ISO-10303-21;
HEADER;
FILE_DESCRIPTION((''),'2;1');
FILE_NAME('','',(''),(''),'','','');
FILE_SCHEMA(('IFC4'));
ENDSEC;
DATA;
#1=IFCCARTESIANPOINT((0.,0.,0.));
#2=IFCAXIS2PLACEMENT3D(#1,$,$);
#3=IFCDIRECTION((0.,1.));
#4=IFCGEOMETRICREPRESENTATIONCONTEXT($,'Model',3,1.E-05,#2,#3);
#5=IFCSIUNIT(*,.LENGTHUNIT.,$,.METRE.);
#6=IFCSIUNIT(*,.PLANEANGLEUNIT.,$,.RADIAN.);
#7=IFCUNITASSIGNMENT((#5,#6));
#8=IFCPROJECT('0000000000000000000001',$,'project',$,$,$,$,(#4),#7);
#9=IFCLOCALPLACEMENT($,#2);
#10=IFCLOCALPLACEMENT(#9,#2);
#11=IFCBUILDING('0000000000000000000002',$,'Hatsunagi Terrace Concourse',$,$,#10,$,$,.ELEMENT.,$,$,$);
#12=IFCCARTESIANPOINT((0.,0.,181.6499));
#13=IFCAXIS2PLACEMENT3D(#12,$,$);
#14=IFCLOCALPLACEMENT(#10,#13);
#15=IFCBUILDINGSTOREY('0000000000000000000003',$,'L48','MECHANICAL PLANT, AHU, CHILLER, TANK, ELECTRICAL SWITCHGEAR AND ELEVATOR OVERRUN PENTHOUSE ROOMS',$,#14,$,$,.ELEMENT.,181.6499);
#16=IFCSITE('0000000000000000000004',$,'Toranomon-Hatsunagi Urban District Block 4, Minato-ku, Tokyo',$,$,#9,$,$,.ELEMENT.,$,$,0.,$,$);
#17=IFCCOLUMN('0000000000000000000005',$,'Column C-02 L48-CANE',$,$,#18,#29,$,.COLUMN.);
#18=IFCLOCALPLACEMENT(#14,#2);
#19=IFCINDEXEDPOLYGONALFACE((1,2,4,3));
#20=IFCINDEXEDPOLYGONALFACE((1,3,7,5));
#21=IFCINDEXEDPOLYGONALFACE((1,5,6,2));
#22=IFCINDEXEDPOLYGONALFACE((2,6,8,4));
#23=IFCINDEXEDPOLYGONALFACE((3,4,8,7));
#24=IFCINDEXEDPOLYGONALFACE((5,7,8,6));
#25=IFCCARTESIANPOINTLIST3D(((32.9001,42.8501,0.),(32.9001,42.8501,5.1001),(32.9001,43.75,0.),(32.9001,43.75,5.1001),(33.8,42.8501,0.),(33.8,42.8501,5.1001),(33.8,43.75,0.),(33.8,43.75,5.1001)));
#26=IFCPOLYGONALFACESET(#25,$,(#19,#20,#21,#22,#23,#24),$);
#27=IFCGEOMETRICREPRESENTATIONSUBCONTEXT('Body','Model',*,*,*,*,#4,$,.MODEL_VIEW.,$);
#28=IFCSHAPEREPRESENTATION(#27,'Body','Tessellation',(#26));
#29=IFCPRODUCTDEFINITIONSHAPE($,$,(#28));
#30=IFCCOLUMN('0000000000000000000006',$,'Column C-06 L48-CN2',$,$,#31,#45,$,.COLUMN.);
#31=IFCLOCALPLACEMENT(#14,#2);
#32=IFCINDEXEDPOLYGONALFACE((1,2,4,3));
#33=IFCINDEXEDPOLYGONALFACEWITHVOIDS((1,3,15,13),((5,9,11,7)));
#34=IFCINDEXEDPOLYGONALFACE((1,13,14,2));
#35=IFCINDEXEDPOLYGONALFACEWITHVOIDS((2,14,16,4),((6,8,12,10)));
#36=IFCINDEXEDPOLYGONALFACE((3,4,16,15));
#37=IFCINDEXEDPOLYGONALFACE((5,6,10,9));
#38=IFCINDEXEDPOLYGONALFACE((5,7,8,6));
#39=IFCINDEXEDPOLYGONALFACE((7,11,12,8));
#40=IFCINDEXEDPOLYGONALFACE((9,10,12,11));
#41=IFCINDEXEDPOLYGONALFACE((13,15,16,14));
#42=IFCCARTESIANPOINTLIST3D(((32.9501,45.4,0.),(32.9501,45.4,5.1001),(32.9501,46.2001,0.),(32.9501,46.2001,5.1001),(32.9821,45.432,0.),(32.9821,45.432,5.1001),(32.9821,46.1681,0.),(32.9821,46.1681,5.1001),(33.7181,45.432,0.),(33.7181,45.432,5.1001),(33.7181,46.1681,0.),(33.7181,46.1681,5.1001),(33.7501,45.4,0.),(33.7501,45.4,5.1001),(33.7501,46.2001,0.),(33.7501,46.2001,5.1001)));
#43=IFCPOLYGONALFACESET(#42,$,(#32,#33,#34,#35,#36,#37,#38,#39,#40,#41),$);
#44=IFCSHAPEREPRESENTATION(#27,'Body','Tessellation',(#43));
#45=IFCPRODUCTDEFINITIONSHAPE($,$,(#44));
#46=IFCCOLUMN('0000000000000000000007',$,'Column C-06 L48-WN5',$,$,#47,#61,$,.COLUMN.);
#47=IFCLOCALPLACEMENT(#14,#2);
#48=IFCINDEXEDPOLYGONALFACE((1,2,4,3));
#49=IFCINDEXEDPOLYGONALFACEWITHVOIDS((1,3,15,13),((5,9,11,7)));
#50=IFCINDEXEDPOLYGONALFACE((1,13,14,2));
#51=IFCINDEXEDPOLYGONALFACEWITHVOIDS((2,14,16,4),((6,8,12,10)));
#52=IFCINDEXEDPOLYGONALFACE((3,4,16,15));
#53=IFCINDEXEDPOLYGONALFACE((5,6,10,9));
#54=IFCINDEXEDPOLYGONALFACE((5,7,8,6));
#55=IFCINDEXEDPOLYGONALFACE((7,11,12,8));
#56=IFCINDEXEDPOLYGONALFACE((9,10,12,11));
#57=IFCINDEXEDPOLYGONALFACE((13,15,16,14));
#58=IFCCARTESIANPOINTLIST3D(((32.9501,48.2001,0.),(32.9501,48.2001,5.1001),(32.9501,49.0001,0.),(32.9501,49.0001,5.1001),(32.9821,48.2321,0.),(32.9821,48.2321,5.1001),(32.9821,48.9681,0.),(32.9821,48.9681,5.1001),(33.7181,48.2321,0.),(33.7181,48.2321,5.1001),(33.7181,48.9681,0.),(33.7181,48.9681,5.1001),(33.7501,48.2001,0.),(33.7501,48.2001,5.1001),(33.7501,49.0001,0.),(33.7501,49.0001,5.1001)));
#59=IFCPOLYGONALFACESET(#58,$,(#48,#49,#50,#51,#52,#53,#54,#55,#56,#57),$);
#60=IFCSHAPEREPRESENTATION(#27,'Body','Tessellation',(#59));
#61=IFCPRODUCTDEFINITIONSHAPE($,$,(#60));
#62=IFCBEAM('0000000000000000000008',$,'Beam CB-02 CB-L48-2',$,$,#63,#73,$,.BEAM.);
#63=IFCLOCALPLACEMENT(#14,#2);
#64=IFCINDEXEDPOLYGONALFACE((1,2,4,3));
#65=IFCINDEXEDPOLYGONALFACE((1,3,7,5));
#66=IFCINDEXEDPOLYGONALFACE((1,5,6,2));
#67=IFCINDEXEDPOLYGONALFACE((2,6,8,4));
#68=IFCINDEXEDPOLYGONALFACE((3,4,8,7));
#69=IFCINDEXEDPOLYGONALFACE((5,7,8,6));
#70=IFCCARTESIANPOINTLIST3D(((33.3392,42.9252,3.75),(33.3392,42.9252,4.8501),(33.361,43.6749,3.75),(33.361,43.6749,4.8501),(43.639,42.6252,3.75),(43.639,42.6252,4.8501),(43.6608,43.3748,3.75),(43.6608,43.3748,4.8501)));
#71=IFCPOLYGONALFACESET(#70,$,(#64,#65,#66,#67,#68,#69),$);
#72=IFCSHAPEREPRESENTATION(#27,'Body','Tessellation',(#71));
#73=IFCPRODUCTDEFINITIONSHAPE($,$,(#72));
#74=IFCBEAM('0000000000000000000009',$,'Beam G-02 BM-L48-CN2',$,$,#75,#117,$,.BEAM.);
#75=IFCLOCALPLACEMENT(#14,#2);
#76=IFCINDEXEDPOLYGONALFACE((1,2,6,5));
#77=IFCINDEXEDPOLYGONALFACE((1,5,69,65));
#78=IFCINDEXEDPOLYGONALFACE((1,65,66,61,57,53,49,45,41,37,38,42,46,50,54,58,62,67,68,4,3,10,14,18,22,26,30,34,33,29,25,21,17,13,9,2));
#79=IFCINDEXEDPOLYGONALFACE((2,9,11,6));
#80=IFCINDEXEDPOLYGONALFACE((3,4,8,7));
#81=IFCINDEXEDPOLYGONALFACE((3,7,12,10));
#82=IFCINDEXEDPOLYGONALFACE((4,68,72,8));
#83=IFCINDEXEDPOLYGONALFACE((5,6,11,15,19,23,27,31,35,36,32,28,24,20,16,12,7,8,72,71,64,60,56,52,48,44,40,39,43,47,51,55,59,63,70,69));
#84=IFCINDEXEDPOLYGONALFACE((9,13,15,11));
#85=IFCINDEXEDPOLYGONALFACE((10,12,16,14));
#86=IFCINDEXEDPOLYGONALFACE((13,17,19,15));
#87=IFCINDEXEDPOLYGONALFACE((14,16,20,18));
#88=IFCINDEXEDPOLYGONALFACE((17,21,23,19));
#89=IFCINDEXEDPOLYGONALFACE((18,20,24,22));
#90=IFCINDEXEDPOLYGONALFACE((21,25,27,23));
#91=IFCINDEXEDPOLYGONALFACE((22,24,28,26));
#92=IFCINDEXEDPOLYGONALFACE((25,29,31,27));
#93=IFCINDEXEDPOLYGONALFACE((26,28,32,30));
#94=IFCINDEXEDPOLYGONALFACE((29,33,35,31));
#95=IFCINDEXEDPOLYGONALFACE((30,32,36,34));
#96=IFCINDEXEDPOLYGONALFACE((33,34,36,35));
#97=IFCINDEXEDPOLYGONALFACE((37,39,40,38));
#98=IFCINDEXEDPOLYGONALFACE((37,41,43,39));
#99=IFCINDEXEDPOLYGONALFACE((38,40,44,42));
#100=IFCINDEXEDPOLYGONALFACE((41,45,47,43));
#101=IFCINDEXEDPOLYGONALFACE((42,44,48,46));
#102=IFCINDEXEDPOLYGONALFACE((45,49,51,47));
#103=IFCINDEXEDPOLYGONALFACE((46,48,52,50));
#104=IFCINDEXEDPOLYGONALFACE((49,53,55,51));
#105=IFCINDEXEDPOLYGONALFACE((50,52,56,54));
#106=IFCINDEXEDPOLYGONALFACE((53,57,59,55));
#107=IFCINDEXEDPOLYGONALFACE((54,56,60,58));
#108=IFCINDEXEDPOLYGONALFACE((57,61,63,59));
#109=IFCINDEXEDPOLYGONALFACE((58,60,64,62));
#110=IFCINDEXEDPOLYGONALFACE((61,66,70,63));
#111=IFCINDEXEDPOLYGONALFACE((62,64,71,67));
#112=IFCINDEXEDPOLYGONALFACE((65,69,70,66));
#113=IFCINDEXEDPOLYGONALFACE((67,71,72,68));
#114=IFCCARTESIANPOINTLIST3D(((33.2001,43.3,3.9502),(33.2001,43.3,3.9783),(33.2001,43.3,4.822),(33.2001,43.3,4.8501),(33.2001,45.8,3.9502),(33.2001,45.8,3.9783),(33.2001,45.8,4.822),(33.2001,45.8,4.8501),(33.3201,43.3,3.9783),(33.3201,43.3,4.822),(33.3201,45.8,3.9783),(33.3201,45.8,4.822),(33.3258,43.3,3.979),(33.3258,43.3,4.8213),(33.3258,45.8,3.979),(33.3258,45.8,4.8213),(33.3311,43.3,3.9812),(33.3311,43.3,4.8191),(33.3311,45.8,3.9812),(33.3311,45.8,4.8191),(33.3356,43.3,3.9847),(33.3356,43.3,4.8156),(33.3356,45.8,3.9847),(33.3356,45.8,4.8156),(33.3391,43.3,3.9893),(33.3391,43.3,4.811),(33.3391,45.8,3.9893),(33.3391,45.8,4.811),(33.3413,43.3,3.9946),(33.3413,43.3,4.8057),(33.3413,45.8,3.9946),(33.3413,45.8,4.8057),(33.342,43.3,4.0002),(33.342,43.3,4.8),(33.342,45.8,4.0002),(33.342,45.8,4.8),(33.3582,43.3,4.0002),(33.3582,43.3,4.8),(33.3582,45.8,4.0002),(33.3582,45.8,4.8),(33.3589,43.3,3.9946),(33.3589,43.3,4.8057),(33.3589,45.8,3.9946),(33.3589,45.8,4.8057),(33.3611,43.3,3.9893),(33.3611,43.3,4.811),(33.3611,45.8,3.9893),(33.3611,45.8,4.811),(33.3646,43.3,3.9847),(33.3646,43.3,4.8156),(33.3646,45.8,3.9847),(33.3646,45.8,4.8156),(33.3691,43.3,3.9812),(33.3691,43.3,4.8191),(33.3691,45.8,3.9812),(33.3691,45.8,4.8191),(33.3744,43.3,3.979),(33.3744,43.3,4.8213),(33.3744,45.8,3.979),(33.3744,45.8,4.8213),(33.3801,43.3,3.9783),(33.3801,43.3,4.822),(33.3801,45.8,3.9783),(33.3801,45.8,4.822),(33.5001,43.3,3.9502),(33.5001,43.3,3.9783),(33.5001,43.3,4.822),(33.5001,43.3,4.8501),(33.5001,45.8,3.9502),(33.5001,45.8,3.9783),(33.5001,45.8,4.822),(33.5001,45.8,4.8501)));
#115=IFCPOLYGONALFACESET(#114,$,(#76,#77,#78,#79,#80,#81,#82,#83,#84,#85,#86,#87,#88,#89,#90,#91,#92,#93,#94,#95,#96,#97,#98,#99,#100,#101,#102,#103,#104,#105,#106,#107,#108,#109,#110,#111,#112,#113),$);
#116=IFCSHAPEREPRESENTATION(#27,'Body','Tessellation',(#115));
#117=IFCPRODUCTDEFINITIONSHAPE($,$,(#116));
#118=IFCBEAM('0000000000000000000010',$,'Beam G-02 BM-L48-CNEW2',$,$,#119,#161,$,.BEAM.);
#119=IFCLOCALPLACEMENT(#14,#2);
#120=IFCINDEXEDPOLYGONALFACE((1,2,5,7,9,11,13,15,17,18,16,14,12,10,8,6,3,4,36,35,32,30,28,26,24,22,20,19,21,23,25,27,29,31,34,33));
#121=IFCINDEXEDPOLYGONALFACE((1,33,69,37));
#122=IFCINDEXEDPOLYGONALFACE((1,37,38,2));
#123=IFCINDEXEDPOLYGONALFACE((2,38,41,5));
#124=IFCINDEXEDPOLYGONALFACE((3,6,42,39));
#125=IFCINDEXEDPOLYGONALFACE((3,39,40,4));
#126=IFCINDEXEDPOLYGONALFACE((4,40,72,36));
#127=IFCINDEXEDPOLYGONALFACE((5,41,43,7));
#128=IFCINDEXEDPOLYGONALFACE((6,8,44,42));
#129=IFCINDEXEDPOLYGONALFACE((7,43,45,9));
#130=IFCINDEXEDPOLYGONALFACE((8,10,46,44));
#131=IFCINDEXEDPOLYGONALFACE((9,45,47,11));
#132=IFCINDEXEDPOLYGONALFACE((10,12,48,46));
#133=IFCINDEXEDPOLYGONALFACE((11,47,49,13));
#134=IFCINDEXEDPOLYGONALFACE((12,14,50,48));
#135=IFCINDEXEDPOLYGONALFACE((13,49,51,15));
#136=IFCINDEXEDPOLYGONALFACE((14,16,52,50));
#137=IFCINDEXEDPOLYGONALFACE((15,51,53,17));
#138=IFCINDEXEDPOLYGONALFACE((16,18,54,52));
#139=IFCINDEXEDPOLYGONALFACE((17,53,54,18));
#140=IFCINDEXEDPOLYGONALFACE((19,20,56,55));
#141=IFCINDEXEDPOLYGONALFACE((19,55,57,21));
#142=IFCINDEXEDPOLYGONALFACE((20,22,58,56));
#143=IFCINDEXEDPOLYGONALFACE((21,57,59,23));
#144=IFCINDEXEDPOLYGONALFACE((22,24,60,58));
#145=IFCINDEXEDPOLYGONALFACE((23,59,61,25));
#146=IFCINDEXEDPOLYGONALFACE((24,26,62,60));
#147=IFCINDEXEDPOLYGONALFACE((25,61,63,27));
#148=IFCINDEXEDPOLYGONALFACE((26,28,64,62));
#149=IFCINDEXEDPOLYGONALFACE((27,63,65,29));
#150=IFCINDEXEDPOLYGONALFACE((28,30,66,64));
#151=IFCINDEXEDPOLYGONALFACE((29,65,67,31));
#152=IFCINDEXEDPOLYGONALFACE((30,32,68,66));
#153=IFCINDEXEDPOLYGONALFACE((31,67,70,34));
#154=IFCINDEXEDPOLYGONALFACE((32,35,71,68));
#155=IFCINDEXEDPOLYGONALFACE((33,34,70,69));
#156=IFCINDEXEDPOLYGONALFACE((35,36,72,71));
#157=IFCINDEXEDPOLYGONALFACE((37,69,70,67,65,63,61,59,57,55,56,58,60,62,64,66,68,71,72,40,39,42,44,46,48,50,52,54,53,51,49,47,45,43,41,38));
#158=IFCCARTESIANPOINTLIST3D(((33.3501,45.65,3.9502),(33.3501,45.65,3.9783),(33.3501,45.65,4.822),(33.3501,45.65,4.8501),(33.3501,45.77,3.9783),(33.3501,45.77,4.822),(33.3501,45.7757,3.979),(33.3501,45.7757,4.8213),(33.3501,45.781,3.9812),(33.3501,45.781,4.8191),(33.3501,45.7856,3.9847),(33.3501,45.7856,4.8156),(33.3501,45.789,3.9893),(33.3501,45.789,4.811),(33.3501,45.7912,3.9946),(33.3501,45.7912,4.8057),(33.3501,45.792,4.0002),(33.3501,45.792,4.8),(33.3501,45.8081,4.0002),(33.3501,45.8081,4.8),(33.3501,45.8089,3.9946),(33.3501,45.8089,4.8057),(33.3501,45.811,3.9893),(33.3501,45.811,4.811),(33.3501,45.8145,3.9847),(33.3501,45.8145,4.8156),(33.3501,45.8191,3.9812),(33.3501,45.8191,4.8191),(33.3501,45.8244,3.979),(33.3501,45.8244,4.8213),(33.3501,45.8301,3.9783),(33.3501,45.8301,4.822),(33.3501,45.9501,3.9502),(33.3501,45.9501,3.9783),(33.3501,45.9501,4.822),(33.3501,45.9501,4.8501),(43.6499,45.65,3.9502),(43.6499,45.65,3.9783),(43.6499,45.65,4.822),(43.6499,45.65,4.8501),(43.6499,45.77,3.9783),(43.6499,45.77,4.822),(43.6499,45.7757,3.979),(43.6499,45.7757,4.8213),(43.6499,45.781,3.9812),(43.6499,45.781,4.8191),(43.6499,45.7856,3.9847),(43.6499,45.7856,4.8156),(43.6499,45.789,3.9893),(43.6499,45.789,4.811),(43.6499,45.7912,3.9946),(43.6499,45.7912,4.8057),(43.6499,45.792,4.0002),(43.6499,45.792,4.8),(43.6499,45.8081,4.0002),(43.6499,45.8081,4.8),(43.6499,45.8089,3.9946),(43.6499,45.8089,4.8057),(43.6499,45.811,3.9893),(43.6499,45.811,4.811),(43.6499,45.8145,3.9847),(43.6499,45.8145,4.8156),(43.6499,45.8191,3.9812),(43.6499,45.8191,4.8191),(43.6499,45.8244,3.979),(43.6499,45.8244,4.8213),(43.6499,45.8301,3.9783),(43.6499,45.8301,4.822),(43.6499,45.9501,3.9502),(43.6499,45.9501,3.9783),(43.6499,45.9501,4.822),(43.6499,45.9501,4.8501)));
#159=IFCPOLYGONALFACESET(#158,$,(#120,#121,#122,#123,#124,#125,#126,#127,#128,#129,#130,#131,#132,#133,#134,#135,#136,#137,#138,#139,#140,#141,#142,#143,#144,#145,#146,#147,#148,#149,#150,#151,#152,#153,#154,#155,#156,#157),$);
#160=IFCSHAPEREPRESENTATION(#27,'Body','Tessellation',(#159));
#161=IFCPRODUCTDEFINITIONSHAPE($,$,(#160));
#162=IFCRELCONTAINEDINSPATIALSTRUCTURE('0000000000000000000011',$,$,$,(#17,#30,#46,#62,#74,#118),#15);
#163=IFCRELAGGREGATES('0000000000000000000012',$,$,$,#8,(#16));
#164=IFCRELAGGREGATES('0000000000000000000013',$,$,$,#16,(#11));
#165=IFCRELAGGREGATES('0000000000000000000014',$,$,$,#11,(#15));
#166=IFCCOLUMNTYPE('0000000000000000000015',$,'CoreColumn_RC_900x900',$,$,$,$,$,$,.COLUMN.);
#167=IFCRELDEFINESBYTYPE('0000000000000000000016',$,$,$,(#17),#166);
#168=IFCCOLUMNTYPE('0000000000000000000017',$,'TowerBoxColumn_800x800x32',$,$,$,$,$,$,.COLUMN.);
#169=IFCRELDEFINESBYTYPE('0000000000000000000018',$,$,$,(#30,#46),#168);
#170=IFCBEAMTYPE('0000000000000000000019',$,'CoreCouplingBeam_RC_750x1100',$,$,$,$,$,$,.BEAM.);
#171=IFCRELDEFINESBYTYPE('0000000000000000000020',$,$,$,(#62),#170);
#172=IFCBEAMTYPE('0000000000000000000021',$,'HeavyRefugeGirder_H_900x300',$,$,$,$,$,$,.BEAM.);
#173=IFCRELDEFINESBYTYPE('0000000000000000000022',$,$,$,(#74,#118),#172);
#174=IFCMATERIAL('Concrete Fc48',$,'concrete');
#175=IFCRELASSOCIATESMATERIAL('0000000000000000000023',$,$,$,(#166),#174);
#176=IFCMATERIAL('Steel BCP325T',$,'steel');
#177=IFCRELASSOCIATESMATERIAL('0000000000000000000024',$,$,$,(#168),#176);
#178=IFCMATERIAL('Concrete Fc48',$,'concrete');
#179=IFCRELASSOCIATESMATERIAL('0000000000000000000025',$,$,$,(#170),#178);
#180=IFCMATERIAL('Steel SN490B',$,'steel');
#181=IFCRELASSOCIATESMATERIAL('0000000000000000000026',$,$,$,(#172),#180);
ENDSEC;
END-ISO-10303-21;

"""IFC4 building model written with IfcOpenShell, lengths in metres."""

from ifc_helpers import new_model, si_unit, direction, frame, origin, origin_2d, place, context, subcontext, project, spatial, rectangle, hollow_rectangle, i_section, extrude, material, material_profile, profile_set, type_object, element, save


model = new_model("IFC4")

# Units and contexts
model_context = context("Model", 3, precision=1e-05, world=origin(), true_north=direction((0.0, 1.0)))
body_context = subcontext(model_context, "Body", "Model", "MODEL_VIEW")
ifc_project = project(units=[si_unit("LENGTHUNIT", "METRE"), si_unit("PLANEANGLEUNIT", "RADIAN")], contexts=[model_context])

# Site, building, storey
site_placement = place(None, origin())
site = spatial("IfcSite", under=ifc_project, at=site_placement, Name="Toranomon-Hatsunagi Urban District Block 4, Minato-ku, Tokyo", CompositionType="ELEMENT", RefElevation=0.0)
building_placement = place(site_placement, origin())
building = spatial("IfcBuilding", under=site, at=building_placement, Name="Hatsunagi Terrace Concourse", CompositionType="ELEMENT")
storey_placement = place(building_placement, frame((0.0, 0.0, 181.6499)))
storey = spatial("IfcBuildingStorey", under=building, at=storey_placement, Name="L48", Description="MECHANICAL PLANT, AHU, CHILLER, TANK, ELECTRICAL SWITCHGEAR AND ELEVATOR OVERRUN PENTHOUSE ROOMS", CompositionType="ELEMENT", Elevation=181.6499)

# Columns
ifc_material_1 = material(Name="Concrete Fc48", Category="concrete")
ifc_material_profile_1 = material_profile(ifc_material_1, rectangle(XDim=0.8999, YDim=0.8999, at=origin_2d()), Name="RC-900x900")
ifc_profile_set_1 = profile_set([ifc_material_profile_1], Name="Concrete Fc48")
column_type_1 = type_object("IfcColumnType", Name="CoreColumn_RC_900x900", PredefinedType="COLUMN", material=ifc_profile_set_1)
column_placement = place(storey_placement, frame((33.3501, 43.3, 0.0), z_axis=(0.0, 0.0, 1.0), x_axis=(1.0, 0.0, 0.0)))
element("IfcColumn", 1, at=column_placement, inside=storey, type_object=column_type_1, Name="Column C-02 L48-CANE", PredefinedType="COLUMN", context=body_context, shape_type="SweptSolid", body=[
    extrude(rectangle(XDim=0.8999, YDim=0.8999, at=origin_2d()), origin(), (0.0, 0.0, 1.0), 5.1001),
])
ifc_material_2 = material(Name="Steel BCP325T", Category="steel")
ifc_material_profile_2 = material_profile(ifc_material_2, hollow_rectangle(XDim=0.8, YDim=0.8, WallThickness=0.032, at=origin_2d()), Name="BCP-800x800x32")
ifc_profile_set_2 = profile_set([ifc_material_profile_2], Name="Steel BCP325T")
column_type_2 = type_object("IfcColumnType", Name="TowerBoxColumn_800x800x32", PredefinedType="COLUMN", material=ifc_profile_set_2)
for number, where, z_axis, x_axis, name in (
    (2, (33.3501, 45.8, 0.0), (0.0, 0.0, 1.0), (1.0, 0.0, 0.0), "Column C-06 L48-CN2"),
    (3, (33.3501, 48.6001, 0.0), (0.0, 0.0, 1.0), (1.0, 0.0, 0.0), "Column C-06 L48-WN5"),
):
    element("IfcColumn", number, at=place(storey_placement, frame(where, z_axis=z_axis, x_axis=x_axis)), inside=storey, type_object=column_type_2, Name=name, PredefinedType="COLUMN", context=body_context, shape_type="SweptSolid", body=[
        extrude(hollow_rectangle(XDim=0.8, YDim=0.8, WallThickness=0.032, at=origin_2d()), origin(), (0.0, 0.0, 1.0), 5.1001),
    ])

# Beams
ifc_material_3 = material(Name="Concrete Fc48", Category="concrete")
ifc_material_profile_3 = material_profile(ifc_material_3, rectangle(XDim=0.75, YDim=1.1001, at=origin_2d()), Name="RC-750x1100")
ifc_profile_set_3 = profile_set([ifc_material_profile_3], Name="Concrete Fc48")
beam_type_1 = type_object("IfcBeamType", Name="CoreCouplingBeam_RC_750x1100", PredefinedType="BEAM", material=ifc_profile_set_3)
beam_1_placement = place(storey_placement, frame((33.3501, 43.3, 4.3), z_axis=(0.999576, -0.029119, 0.0), x_axis=(0.029119, 0.999576, 0.0)))
element("IfcBeam", 4, at=beam_1_placement, inside=storey, type_object=beam_type_1, Name="Beam CB-02 CB-L48-2", PredefinedType="BEAM", context=body_context, shape_type="SweptSolid", body=[
    extrude(rectangle(XDim=0.75, YDim=1.1001, at=origin_2d()), origin(), (0.0, 0.0, 1.0), 10.3042),
])
ifc_material_4 = material(Name="Steel SN490B", Category="steel")
ifc_material_profile_4 = material_profile(ifc_material_4, i_section(OverallWidth=0.3, OverallDepth=0.8999, WebThickness=0.0161, FlangeThickness=0.0281, FilletRadius=0.022, at=origin_2d()), Name="H-900x300x16x28")
ifc_profile_set_4 = profile_set([ifc_material_profile_4], Name="Steel SN490B")
beam_type_2 = type_object("IfcBeamType", Name="HeavyRefugeGirder_H_900x300", PredefinedType="BEAM", material=ifc_profile_set_4)
beam_2_placement = place(storey_placement, frame((33.3501, 43.3, 4.4001), z_axis=(0.0, 1.0, 0.0), x_axis=(-1.0, 0.0, 0.0)))
element("IfcBeam", 5, at=beam_2_placement, inside=storey, type_object=beam_type_2, Name="Beam G-02 BM-L48-CN2", PredefinedType="BEAM", context=body_context, shape_type="SweptSolid", body=[
    extrude(i_section(OverallWidth=0.3, OverallDepth=0.8999, WebThickness=0.0161, FlangeThickness=0.0281, FilletRadius=0.022, at=origin_2d()), origin(), (0.0, 0.0, 1.0), 2.5),
])
beam_3_placement = place(storey_placement, frame((33.3501, 45.8, 4.4001), z_axis=(1.0, 0.0, 0.0), x_axis=(0.0, 1.0, 0.0)))
element("IfcBeam", 6, at=beam_3_placement, inside=storey, type_object=beam_type_2, Name="Beam G-02 BM-L48-CNEW2", PredefinedType="BEAM", context=body_context, shape_type="SweptSolid", body=[
    extrude(i_section(OverallWidth=0.3, OverallDepth=0.8999, WebThickness=0.0161, FlangeThickness=0.0281, FilletRadius=0.022, at=origin_2d()), origin(), (0.0, 0.0, 1.0), 10.2998),
])

save(model, "model.ifc")
